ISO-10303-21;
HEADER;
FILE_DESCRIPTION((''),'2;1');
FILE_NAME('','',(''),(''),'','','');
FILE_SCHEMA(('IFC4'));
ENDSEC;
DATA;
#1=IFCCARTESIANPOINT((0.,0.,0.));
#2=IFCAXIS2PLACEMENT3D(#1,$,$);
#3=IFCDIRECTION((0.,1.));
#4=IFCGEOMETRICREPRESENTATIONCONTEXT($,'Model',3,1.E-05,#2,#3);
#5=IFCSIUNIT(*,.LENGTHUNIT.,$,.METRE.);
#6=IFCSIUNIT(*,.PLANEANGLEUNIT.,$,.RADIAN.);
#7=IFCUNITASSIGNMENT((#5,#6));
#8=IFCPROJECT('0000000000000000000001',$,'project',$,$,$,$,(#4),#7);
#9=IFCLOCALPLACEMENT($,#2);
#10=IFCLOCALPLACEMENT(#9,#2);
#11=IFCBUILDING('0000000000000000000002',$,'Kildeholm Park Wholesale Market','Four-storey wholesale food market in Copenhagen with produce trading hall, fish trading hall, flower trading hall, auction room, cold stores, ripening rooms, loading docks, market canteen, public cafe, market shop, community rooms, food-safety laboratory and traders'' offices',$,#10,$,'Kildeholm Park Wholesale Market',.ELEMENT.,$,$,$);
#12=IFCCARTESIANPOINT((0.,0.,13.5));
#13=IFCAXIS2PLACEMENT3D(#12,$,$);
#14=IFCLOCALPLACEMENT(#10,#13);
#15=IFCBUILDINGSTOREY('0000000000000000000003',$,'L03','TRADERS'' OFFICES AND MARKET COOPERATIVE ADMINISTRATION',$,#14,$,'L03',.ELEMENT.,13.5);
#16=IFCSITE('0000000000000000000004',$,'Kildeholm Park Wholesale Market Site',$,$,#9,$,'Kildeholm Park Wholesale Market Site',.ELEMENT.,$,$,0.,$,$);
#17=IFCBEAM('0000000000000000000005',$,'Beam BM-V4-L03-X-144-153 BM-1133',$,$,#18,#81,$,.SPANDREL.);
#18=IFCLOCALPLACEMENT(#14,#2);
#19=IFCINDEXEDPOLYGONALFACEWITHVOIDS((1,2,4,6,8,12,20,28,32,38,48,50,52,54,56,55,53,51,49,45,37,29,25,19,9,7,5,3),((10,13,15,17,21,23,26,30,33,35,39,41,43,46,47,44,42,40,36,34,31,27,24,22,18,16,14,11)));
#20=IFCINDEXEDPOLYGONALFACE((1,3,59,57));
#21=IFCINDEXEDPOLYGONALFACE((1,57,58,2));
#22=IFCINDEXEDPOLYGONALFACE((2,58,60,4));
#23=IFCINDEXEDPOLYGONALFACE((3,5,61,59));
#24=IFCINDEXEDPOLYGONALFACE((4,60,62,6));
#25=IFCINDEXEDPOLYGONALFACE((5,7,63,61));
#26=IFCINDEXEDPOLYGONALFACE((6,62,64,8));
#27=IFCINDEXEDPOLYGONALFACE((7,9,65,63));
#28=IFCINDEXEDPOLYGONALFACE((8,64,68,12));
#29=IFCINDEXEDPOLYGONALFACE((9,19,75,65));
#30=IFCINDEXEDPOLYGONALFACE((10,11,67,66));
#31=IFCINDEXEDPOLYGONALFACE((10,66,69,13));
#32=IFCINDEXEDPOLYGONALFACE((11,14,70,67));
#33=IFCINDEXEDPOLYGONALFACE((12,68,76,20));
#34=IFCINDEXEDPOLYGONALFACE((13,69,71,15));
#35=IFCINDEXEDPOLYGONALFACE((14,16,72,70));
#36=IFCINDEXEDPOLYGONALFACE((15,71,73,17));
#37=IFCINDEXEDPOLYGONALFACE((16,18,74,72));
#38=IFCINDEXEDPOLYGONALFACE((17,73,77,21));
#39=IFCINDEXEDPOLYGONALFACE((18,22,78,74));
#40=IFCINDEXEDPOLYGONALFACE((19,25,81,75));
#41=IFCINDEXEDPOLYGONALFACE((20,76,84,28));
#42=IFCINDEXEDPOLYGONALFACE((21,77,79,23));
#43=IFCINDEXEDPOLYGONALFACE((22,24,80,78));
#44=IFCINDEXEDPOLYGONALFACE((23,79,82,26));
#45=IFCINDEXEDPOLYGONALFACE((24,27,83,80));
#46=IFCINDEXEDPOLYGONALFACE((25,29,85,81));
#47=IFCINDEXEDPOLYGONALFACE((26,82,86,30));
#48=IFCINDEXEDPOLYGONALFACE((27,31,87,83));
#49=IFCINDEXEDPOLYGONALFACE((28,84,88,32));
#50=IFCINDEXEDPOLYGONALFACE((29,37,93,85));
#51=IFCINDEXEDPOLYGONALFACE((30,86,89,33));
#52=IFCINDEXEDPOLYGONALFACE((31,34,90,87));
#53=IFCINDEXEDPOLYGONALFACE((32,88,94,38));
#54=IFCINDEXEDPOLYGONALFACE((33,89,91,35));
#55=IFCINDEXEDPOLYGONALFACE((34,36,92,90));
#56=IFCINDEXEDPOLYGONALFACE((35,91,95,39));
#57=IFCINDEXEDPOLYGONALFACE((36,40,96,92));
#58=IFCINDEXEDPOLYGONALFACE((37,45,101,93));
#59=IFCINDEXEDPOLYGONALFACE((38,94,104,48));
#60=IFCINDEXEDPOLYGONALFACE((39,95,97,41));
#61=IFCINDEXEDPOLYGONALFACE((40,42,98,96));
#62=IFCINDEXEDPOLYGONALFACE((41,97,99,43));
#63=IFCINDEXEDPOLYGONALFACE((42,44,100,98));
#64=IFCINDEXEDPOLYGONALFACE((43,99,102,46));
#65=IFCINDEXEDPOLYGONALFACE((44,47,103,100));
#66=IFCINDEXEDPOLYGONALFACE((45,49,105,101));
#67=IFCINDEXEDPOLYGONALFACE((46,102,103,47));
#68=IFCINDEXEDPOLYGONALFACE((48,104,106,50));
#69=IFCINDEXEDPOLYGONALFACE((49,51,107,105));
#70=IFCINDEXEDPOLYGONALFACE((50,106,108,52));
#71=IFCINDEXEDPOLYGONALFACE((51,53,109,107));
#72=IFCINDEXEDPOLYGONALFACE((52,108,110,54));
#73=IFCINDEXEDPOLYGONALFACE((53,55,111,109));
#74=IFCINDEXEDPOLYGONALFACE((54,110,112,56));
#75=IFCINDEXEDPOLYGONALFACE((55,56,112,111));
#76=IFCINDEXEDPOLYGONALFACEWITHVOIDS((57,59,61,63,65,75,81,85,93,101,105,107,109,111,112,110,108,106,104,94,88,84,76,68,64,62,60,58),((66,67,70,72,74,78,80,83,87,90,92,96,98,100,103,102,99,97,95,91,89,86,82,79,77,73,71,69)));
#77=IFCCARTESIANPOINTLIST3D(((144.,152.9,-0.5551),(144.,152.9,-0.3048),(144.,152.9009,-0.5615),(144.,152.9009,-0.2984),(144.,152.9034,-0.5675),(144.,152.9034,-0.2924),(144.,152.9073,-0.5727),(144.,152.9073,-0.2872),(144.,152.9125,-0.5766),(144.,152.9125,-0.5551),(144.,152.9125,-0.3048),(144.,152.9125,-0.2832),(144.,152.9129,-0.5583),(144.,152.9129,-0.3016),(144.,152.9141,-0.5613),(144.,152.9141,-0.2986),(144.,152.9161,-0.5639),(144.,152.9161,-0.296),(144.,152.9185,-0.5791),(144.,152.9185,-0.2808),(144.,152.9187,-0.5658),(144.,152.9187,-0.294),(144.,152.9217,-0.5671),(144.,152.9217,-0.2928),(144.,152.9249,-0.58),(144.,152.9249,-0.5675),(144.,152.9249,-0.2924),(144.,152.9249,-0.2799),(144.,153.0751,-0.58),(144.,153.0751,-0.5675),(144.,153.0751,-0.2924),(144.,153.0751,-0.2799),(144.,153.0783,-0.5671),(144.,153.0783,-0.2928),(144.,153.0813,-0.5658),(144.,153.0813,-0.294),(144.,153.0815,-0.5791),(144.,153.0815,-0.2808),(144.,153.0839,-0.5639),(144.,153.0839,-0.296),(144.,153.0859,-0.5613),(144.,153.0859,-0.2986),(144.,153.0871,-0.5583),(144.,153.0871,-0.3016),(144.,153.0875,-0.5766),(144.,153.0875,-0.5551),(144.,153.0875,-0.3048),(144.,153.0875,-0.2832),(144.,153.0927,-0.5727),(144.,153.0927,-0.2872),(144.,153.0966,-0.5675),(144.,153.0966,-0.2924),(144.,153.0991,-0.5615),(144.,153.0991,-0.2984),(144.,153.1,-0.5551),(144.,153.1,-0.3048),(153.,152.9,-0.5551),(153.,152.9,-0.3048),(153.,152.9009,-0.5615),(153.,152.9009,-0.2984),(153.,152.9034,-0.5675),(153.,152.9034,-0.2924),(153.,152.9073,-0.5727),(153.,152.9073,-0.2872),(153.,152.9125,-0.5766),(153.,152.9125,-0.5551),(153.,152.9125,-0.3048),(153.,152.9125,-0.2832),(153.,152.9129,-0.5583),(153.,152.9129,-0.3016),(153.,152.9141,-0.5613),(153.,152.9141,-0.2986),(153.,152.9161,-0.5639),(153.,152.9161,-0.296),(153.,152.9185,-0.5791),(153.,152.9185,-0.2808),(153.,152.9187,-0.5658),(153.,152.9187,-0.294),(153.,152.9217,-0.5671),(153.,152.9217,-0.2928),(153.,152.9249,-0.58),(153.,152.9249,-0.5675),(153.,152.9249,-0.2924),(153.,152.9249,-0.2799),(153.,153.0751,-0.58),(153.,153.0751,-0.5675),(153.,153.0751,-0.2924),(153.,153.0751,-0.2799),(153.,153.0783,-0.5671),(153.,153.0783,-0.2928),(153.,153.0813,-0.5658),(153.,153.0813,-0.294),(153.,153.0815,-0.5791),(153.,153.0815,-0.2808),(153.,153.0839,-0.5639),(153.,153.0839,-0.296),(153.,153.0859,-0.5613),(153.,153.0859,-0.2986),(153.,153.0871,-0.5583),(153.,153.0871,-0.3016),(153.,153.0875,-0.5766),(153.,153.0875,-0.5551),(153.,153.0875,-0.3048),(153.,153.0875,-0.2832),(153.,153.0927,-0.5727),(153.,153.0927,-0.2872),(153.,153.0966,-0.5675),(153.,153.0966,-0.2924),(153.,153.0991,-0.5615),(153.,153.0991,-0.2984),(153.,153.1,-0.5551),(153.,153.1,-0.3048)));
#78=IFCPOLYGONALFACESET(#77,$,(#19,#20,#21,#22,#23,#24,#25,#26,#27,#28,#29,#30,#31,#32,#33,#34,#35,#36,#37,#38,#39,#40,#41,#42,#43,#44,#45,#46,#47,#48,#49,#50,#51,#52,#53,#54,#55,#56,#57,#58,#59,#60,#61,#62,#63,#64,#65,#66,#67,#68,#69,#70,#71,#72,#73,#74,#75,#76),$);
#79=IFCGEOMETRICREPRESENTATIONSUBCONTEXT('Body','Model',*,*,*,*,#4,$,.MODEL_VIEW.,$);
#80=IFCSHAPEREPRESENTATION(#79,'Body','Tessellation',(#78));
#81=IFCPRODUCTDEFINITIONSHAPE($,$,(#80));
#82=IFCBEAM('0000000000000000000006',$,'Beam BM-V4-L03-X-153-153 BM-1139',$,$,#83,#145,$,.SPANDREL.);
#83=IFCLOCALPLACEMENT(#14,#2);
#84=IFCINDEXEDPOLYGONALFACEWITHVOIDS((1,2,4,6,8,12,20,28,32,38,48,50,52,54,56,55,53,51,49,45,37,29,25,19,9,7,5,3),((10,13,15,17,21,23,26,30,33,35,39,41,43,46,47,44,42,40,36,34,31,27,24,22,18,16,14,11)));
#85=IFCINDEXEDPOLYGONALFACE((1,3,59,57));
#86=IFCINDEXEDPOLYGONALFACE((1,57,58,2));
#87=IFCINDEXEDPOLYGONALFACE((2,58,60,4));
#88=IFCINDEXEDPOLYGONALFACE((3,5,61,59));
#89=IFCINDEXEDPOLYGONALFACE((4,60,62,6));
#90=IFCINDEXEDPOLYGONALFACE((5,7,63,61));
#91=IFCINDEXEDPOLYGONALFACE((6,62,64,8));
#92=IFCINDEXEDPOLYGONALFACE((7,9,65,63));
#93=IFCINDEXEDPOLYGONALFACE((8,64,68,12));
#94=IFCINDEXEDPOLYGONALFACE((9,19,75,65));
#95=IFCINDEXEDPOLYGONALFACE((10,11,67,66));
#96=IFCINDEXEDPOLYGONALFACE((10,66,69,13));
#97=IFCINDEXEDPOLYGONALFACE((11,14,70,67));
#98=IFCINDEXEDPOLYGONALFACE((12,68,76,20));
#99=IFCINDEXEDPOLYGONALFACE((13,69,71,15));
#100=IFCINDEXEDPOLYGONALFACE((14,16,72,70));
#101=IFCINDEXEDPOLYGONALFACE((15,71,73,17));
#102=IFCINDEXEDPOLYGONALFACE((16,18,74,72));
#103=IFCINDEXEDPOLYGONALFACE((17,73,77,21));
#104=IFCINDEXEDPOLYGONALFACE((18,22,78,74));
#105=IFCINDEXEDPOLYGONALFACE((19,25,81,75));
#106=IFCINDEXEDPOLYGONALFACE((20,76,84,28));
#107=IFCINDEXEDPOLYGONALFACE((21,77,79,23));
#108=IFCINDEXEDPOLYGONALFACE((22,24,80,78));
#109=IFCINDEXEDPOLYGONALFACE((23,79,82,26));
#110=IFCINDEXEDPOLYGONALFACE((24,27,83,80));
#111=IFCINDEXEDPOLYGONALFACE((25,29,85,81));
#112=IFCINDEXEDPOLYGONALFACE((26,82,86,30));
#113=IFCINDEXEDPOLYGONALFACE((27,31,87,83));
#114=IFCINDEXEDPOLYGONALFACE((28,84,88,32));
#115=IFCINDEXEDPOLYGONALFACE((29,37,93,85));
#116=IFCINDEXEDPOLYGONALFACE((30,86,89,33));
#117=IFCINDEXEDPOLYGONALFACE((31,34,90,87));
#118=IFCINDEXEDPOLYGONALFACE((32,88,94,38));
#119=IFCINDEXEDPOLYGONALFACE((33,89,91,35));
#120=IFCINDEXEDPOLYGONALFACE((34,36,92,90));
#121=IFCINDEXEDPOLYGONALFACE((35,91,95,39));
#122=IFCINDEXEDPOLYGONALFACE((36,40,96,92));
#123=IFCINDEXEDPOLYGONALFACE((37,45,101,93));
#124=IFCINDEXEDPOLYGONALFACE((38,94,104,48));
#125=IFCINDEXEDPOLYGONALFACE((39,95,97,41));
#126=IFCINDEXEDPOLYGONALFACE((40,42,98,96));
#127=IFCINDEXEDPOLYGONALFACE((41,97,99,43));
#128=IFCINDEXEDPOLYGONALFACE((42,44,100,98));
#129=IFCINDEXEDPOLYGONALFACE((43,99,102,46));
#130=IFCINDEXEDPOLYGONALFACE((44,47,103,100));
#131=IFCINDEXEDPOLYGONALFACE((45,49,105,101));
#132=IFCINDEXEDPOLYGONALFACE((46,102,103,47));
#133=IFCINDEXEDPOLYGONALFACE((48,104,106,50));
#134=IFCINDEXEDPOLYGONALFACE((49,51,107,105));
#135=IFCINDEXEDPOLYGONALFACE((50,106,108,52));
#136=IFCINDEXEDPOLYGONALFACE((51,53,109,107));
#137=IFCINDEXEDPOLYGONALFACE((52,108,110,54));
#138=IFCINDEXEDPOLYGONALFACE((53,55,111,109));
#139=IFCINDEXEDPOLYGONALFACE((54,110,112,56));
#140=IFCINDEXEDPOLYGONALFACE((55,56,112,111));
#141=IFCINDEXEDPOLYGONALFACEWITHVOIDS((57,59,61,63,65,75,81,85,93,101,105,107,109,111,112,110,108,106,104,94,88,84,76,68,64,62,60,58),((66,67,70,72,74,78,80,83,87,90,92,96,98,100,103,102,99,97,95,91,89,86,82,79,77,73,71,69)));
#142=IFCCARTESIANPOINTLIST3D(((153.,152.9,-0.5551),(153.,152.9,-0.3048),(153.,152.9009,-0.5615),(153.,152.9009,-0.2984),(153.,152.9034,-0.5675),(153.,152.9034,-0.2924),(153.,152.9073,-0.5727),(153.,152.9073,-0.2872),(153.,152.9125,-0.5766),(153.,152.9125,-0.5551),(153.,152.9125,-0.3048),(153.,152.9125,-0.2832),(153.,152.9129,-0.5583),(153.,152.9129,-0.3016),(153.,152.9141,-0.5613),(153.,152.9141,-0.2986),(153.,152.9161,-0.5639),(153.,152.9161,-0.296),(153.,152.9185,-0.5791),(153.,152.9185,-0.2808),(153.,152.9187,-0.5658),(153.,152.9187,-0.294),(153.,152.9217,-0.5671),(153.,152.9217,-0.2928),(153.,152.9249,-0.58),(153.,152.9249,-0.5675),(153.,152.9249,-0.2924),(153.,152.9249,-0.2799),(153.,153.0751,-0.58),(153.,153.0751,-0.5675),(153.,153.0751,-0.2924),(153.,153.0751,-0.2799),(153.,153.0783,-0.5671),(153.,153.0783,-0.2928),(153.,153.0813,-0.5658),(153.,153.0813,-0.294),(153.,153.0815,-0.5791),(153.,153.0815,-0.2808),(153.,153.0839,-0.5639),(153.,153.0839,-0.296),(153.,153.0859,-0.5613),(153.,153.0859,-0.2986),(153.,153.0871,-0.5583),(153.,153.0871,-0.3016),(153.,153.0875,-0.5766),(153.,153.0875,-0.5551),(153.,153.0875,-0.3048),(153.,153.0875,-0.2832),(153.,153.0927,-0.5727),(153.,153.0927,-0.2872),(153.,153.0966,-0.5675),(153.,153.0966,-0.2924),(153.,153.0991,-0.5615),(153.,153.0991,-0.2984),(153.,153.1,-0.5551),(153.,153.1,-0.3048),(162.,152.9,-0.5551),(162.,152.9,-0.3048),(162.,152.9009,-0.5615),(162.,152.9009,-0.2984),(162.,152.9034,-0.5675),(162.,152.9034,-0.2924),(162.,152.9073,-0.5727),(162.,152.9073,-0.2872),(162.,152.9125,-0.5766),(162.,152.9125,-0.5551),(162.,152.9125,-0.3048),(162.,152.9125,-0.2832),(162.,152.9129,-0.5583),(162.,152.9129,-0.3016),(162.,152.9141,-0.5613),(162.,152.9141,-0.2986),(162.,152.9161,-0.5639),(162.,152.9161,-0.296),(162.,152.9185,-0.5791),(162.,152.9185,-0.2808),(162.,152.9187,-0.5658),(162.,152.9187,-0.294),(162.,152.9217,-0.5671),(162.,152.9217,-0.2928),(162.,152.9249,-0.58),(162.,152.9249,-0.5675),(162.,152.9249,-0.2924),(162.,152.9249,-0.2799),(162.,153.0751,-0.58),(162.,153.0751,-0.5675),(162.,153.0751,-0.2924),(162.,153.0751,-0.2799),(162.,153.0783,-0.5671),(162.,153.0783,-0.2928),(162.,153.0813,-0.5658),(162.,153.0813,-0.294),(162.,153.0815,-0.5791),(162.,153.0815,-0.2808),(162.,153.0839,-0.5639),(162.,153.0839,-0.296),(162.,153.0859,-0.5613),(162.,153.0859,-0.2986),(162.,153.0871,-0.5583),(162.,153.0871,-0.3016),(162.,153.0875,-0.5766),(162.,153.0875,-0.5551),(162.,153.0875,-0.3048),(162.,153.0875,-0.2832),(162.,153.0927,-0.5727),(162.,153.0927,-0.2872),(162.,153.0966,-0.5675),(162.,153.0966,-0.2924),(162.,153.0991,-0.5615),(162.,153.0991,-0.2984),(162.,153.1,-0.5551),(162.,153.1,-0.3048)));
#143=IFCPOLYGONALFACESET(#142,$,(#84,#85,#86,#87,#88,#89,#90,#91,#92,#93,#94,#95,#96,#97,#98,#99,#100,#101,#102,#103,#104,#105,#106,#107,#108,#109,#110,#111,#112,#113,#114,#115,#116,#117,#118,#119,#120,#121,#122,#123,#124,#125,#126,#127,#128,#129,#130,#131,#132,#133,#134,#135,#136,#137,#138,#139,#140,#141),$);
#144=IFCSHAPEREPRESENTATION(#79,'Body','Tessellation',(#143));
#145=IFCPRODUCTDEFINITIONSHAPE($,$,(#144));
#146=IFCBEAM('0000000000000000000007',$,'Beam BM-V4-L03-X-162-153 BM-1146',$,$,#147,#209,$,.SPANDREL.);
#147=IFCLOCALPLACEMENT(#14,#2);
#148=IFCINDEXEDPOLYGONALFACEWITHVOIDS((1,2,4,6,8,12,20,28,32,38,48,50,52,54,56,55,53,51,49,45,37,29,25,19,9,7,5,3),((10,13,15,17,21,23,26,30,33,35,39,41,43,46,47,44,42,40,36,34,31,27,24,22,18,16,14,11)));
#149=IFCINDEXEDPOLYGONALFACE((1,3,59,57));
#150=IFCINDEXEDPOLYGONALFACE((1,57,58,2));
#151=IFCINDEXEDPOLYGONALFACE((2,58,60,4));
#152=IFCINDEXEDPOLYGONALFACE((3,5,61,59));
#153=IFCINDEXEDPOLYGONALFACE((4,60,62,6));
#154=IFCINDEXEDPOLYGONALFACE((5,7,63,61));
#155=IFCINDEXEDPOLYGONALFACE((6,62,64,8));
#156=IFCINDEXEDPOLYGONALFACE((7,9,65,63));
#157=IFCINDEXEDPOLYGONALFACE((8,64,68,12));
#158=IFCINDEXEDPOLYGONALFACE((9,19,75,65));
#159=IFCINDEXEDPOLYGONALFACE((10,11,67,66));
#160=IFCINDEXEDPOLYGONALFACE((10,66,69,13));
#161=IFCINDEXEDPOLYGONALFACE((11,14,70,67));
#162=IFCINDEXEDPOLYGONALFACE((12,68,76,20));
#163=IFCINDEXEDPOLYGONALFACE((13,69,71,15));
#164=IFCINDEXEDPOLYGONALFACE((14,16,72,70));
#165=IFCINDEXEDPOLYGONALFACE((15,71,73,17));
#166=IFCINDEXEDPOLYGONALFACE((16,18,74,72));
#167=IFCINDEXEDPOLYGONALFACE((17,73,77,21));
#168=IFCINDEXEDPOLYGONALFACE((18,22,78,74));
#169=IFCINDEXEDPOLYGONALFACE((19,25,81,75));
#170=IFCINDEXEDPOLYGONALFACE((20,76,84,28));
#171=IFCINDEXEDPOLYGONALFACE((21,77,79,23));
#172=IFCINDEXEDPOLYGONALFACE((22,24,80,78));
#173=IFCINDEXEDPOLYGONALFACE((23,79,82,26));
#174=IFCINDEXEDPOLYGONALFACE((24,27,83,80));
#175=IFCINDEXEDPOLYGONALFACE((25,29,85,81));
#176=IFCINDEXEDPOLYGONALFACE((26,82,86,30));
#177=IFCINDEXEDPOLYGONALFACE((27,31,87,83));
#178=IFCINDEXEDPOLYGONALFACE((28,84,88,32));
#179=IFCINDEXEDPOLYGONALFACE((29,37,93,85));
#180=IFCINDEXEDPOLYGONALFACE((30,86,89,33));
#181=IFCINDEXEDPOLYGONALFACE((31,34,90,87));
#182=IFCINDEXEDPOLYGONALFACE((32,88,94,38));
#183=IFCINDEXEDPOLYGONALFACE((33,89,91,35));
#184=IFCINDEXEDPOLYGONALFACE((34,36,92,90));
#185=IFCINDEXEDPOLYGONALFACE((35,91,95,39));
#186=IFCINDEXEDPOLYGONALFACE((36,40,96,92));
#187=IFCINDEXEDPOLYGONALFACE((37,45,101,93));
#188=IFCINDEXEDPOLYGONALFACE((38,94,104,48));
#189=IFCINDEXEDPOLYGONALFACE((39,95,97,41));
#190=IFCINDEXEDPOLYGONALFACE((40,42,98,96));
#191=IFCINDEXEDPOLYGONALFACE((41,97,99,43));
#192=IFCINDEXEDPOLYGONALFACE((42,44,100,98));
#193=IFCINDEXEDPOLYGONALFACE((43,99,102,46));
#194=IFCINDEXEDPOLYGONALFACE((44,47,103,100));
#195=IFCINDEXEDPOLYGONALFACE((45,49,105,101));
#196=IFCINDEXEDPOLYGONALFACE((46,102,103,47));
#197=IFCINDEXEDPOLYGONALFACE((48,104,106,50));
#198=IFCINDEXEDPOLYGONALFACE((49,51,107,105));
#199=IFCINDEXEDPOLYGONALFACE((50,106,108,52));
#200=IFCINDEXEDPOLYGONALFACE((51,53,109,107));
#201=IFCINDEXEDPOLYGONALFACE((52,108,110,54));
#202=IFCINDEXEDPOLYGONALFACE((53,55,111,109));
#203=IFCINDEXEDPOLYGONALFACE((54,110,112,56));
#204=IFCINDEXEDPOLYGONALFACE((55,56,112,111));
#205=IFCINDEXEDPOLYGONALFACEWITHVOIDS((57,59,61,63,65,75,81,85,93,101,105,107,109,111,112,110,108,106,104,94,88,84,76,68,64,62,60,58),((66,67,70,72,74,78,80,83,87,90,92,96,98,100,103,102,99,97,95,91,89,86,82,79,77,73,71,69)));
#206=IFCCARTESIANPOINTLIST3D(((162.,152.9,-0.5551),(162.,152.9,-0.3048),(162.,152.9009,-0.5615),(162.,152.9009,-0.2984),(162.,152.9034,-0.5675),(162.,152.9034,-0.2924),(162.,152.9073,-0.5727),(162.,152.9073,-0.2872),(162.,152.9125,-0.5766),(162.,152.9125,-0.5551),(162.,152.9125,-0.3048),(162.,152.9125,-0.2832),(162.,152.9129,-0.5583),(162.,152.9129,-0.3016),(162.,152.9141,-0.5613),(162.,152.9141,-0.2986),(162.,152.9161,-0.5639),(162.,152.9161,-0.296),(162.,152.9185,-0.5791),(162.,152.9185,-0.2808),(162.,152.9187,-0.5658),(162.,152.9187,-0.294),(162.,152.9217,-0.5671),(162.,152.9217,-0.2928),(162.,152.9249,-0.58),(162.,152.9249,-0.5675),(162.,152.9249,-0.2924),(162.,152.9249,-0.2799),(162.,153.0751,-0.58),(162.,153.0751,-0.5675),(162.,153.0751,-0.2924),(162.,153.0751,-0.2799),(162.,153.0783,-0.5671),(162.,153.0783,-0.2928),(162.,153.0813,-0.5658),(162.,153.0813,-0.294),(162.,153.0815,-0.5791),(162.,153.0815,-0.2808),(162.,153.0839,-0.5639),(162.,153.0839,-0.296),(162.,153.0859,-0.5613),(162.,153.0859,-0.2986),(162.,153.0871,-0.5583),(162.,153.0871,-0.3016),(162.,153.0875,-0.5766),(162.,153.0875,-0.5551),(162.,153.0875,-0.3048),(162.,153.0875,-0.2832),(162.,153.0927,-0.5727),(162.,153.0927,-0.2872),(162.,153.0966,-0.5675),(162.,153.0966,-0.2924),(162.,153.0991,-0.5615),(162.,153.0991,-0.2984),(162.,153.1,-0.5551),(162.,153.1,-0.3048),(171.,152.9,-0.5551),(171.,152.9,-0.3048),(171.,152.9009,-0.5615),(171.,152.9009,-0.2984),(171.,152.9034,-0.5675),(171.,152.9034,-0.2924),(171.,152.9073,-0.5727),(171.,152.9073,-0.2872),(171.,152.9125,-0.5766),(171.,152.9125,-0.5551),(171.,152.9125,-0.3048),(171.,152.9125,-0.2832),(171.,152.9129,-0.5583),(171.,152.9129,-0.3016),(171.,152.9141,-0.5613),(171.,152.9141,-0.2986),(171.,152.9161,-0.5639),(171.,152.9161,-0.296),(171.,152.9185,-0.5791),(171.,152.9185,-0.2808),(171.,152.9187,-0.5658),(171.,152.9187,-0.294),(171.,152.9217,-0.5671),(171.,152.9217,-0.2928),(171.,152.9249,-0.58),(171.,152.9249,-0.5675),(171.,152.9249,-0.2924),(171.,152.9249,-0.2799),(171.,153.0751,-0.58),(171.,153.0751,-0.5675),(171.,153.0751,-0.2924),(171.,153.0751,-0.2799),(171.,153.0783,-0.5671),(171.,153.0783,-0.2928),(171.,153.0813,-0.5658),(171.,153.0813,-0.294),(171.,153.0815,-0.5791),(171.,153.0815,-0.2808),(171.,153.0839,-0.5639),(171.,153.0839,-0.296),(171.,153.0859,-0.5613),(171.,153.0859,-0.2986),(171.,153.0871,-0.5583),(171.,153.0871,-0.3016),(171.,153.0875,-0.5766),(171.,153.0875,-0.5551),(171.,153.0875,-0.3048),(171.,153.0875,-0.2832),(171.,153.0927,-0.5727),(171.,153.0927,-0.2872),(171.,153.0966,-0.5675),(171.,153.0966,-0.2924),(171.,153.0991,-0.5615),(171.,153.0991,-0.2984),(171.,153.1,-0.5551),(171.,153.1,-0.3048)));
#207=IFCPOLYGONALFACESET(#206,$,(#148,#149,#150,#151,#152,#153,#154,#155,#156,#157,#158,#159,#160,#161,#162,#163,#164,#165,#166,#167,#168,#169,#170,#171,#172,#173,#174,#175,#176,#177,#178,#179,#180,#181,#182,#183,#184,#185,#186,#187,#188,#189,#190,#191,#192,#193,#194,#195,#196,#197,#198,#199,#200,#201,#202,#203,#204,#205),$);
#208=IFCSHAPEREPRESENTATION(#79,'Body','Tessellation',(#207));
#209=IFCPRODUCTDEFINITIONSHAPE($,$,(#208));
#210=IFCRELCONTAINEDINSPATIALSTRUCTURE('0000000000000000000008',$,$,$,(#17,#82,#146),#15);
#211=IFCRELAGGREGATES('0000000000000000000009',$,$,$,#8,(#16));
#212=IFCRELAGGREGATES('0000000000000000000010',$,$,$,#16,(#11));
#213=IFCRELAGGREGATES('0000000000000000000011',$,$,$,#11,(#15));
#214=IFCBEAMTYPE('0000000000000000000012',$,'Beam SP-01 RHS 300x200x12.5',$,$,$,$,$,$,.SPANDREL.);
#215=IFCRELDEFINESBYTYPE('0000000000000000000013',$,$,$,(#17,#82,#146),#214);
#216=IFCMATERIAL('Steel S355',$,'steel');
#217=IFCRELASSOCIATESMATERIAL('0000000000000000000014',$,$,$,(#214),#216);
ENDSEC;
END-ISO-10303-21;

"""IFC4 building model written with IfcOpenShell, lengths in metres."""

from ifc_helpers import new_model, si_unit, direction, frame, origin, origin_2d, place, context, subcontext, project, spatial, hollow_rectangle, extrude, material, material_profile, profile_set, type_object, element, save


model = new_model("IFC4")

# Units and contexts
model_context = context("Model", 3, precision=1e-05, world=origin(), true_north=direction((0.0, 1.0)))
body_context = subcontext(model_context, "Body", "Model", "MODEL_VIEW")
ifc_project = project(units=[si_unit("LENGTHUNIT", "METRE"), si_unit("PLANEANGLEUNIT", "RADIAN")], contexts=[model_context])

# Site, building, storey
site_placement = place(None, origin())
site = spatial("IfcSite", under=ifc_project, at=site_placement, Name="Kildeholm Park Wholesale Market Site", LongName="Kildeholm Park Wholesale Market Site", CompositionType="ELEMENT", RefElevation=0.0)
building_placement = place(site_placement, origin())
building = spatial("IfcBuilding", under=site, at=building_placement, Name="Kildeholm Park Wholesale Market", Description="Four-storey wholesale food market in Copenhagen with produce trading hall, fish trading hall, flower trading hall, auction room, cold stores, ripening rooms, loading docks, market canteen, public cafe, market shop, community rooms, food-safety laboratory and traders' offices", LongName="Kildeholm Park Wholesale Market", CompositionType="ELEMENT")
storey_placement = place(building_placement, frame((0.0, 0.0, 13.5)))
storey = spatial("IfcBuildingStorey", under=building, at=storey_placement, Name="L03", Description="TRADERS' OFFICES AND MARKET COOPERATIVE ADMINISTRATION", LongName="L03", CompositionType="ELEMENT", Elevation=13.5)

# Beams
ifc_material = material(Name="Steel S355", Category="steel")
ifc_material_profile_1 = material_profile(ifc_material, hollow_rectangle(XDim=0.2, YDim=0.3, WallThickness=0.0125, InnerFilletRadius=0.0125, OuterFilletRadius=0.0249, at=origin_2d()), Name="RHS 300x200x12.5")
ifc_profile_set_1 = profile_set([ifc_material_profile_1], Name="Steel S355")
beam_type_1 = type_object("IfcBeamType", Name="Beam SP-01 RHS 300x200x12.5", PredefinedType="SPANDREL", material=ifc_profile_set_1)
for number, where, z_axis, x_axis, name in (
    (1, (144.0, 153.0, -0.4299), (1.0, 0.0, 0.0), (0.0, 1.0, 0.0), "Beam BM-V4-L03-X-144-153 BM-1133"),
    (2, (153.0, 153.0, -0.4299), (1.0, 0.0, 0.0), (0.0, 1.0, 0.0), "Beam BM-V4-L03-X-153-153 BM-1139"),
    (3, (162.0, 153.0, -0.4299), (1.0, 0.0, 0.0), (0.0, 1.0, 0.0), "Beam BM-V4-L03-X-162-153 BM-1146"),
):
    element("IfcBeam", number, at=place(storey_placement, frame(where, z_axis=z_axis, x_axis=x_axis)), inside=storey, type_object=beam_type_1, Name=name, PredefinedType="SPANDREL", context=body_context, shape_type="SweptSolid", body=[
        extrude(hollow_rectangle(XDim=0.2, YDim=0.3, WallThickness=0.0125, InnerFilletRadius=0.0125, OuterFilletRadius=0.0249, at=origin_2d()), origin(), (0.0, 0.0, 1.0), 9.0),
    ])

save(model, "model.ifc")
